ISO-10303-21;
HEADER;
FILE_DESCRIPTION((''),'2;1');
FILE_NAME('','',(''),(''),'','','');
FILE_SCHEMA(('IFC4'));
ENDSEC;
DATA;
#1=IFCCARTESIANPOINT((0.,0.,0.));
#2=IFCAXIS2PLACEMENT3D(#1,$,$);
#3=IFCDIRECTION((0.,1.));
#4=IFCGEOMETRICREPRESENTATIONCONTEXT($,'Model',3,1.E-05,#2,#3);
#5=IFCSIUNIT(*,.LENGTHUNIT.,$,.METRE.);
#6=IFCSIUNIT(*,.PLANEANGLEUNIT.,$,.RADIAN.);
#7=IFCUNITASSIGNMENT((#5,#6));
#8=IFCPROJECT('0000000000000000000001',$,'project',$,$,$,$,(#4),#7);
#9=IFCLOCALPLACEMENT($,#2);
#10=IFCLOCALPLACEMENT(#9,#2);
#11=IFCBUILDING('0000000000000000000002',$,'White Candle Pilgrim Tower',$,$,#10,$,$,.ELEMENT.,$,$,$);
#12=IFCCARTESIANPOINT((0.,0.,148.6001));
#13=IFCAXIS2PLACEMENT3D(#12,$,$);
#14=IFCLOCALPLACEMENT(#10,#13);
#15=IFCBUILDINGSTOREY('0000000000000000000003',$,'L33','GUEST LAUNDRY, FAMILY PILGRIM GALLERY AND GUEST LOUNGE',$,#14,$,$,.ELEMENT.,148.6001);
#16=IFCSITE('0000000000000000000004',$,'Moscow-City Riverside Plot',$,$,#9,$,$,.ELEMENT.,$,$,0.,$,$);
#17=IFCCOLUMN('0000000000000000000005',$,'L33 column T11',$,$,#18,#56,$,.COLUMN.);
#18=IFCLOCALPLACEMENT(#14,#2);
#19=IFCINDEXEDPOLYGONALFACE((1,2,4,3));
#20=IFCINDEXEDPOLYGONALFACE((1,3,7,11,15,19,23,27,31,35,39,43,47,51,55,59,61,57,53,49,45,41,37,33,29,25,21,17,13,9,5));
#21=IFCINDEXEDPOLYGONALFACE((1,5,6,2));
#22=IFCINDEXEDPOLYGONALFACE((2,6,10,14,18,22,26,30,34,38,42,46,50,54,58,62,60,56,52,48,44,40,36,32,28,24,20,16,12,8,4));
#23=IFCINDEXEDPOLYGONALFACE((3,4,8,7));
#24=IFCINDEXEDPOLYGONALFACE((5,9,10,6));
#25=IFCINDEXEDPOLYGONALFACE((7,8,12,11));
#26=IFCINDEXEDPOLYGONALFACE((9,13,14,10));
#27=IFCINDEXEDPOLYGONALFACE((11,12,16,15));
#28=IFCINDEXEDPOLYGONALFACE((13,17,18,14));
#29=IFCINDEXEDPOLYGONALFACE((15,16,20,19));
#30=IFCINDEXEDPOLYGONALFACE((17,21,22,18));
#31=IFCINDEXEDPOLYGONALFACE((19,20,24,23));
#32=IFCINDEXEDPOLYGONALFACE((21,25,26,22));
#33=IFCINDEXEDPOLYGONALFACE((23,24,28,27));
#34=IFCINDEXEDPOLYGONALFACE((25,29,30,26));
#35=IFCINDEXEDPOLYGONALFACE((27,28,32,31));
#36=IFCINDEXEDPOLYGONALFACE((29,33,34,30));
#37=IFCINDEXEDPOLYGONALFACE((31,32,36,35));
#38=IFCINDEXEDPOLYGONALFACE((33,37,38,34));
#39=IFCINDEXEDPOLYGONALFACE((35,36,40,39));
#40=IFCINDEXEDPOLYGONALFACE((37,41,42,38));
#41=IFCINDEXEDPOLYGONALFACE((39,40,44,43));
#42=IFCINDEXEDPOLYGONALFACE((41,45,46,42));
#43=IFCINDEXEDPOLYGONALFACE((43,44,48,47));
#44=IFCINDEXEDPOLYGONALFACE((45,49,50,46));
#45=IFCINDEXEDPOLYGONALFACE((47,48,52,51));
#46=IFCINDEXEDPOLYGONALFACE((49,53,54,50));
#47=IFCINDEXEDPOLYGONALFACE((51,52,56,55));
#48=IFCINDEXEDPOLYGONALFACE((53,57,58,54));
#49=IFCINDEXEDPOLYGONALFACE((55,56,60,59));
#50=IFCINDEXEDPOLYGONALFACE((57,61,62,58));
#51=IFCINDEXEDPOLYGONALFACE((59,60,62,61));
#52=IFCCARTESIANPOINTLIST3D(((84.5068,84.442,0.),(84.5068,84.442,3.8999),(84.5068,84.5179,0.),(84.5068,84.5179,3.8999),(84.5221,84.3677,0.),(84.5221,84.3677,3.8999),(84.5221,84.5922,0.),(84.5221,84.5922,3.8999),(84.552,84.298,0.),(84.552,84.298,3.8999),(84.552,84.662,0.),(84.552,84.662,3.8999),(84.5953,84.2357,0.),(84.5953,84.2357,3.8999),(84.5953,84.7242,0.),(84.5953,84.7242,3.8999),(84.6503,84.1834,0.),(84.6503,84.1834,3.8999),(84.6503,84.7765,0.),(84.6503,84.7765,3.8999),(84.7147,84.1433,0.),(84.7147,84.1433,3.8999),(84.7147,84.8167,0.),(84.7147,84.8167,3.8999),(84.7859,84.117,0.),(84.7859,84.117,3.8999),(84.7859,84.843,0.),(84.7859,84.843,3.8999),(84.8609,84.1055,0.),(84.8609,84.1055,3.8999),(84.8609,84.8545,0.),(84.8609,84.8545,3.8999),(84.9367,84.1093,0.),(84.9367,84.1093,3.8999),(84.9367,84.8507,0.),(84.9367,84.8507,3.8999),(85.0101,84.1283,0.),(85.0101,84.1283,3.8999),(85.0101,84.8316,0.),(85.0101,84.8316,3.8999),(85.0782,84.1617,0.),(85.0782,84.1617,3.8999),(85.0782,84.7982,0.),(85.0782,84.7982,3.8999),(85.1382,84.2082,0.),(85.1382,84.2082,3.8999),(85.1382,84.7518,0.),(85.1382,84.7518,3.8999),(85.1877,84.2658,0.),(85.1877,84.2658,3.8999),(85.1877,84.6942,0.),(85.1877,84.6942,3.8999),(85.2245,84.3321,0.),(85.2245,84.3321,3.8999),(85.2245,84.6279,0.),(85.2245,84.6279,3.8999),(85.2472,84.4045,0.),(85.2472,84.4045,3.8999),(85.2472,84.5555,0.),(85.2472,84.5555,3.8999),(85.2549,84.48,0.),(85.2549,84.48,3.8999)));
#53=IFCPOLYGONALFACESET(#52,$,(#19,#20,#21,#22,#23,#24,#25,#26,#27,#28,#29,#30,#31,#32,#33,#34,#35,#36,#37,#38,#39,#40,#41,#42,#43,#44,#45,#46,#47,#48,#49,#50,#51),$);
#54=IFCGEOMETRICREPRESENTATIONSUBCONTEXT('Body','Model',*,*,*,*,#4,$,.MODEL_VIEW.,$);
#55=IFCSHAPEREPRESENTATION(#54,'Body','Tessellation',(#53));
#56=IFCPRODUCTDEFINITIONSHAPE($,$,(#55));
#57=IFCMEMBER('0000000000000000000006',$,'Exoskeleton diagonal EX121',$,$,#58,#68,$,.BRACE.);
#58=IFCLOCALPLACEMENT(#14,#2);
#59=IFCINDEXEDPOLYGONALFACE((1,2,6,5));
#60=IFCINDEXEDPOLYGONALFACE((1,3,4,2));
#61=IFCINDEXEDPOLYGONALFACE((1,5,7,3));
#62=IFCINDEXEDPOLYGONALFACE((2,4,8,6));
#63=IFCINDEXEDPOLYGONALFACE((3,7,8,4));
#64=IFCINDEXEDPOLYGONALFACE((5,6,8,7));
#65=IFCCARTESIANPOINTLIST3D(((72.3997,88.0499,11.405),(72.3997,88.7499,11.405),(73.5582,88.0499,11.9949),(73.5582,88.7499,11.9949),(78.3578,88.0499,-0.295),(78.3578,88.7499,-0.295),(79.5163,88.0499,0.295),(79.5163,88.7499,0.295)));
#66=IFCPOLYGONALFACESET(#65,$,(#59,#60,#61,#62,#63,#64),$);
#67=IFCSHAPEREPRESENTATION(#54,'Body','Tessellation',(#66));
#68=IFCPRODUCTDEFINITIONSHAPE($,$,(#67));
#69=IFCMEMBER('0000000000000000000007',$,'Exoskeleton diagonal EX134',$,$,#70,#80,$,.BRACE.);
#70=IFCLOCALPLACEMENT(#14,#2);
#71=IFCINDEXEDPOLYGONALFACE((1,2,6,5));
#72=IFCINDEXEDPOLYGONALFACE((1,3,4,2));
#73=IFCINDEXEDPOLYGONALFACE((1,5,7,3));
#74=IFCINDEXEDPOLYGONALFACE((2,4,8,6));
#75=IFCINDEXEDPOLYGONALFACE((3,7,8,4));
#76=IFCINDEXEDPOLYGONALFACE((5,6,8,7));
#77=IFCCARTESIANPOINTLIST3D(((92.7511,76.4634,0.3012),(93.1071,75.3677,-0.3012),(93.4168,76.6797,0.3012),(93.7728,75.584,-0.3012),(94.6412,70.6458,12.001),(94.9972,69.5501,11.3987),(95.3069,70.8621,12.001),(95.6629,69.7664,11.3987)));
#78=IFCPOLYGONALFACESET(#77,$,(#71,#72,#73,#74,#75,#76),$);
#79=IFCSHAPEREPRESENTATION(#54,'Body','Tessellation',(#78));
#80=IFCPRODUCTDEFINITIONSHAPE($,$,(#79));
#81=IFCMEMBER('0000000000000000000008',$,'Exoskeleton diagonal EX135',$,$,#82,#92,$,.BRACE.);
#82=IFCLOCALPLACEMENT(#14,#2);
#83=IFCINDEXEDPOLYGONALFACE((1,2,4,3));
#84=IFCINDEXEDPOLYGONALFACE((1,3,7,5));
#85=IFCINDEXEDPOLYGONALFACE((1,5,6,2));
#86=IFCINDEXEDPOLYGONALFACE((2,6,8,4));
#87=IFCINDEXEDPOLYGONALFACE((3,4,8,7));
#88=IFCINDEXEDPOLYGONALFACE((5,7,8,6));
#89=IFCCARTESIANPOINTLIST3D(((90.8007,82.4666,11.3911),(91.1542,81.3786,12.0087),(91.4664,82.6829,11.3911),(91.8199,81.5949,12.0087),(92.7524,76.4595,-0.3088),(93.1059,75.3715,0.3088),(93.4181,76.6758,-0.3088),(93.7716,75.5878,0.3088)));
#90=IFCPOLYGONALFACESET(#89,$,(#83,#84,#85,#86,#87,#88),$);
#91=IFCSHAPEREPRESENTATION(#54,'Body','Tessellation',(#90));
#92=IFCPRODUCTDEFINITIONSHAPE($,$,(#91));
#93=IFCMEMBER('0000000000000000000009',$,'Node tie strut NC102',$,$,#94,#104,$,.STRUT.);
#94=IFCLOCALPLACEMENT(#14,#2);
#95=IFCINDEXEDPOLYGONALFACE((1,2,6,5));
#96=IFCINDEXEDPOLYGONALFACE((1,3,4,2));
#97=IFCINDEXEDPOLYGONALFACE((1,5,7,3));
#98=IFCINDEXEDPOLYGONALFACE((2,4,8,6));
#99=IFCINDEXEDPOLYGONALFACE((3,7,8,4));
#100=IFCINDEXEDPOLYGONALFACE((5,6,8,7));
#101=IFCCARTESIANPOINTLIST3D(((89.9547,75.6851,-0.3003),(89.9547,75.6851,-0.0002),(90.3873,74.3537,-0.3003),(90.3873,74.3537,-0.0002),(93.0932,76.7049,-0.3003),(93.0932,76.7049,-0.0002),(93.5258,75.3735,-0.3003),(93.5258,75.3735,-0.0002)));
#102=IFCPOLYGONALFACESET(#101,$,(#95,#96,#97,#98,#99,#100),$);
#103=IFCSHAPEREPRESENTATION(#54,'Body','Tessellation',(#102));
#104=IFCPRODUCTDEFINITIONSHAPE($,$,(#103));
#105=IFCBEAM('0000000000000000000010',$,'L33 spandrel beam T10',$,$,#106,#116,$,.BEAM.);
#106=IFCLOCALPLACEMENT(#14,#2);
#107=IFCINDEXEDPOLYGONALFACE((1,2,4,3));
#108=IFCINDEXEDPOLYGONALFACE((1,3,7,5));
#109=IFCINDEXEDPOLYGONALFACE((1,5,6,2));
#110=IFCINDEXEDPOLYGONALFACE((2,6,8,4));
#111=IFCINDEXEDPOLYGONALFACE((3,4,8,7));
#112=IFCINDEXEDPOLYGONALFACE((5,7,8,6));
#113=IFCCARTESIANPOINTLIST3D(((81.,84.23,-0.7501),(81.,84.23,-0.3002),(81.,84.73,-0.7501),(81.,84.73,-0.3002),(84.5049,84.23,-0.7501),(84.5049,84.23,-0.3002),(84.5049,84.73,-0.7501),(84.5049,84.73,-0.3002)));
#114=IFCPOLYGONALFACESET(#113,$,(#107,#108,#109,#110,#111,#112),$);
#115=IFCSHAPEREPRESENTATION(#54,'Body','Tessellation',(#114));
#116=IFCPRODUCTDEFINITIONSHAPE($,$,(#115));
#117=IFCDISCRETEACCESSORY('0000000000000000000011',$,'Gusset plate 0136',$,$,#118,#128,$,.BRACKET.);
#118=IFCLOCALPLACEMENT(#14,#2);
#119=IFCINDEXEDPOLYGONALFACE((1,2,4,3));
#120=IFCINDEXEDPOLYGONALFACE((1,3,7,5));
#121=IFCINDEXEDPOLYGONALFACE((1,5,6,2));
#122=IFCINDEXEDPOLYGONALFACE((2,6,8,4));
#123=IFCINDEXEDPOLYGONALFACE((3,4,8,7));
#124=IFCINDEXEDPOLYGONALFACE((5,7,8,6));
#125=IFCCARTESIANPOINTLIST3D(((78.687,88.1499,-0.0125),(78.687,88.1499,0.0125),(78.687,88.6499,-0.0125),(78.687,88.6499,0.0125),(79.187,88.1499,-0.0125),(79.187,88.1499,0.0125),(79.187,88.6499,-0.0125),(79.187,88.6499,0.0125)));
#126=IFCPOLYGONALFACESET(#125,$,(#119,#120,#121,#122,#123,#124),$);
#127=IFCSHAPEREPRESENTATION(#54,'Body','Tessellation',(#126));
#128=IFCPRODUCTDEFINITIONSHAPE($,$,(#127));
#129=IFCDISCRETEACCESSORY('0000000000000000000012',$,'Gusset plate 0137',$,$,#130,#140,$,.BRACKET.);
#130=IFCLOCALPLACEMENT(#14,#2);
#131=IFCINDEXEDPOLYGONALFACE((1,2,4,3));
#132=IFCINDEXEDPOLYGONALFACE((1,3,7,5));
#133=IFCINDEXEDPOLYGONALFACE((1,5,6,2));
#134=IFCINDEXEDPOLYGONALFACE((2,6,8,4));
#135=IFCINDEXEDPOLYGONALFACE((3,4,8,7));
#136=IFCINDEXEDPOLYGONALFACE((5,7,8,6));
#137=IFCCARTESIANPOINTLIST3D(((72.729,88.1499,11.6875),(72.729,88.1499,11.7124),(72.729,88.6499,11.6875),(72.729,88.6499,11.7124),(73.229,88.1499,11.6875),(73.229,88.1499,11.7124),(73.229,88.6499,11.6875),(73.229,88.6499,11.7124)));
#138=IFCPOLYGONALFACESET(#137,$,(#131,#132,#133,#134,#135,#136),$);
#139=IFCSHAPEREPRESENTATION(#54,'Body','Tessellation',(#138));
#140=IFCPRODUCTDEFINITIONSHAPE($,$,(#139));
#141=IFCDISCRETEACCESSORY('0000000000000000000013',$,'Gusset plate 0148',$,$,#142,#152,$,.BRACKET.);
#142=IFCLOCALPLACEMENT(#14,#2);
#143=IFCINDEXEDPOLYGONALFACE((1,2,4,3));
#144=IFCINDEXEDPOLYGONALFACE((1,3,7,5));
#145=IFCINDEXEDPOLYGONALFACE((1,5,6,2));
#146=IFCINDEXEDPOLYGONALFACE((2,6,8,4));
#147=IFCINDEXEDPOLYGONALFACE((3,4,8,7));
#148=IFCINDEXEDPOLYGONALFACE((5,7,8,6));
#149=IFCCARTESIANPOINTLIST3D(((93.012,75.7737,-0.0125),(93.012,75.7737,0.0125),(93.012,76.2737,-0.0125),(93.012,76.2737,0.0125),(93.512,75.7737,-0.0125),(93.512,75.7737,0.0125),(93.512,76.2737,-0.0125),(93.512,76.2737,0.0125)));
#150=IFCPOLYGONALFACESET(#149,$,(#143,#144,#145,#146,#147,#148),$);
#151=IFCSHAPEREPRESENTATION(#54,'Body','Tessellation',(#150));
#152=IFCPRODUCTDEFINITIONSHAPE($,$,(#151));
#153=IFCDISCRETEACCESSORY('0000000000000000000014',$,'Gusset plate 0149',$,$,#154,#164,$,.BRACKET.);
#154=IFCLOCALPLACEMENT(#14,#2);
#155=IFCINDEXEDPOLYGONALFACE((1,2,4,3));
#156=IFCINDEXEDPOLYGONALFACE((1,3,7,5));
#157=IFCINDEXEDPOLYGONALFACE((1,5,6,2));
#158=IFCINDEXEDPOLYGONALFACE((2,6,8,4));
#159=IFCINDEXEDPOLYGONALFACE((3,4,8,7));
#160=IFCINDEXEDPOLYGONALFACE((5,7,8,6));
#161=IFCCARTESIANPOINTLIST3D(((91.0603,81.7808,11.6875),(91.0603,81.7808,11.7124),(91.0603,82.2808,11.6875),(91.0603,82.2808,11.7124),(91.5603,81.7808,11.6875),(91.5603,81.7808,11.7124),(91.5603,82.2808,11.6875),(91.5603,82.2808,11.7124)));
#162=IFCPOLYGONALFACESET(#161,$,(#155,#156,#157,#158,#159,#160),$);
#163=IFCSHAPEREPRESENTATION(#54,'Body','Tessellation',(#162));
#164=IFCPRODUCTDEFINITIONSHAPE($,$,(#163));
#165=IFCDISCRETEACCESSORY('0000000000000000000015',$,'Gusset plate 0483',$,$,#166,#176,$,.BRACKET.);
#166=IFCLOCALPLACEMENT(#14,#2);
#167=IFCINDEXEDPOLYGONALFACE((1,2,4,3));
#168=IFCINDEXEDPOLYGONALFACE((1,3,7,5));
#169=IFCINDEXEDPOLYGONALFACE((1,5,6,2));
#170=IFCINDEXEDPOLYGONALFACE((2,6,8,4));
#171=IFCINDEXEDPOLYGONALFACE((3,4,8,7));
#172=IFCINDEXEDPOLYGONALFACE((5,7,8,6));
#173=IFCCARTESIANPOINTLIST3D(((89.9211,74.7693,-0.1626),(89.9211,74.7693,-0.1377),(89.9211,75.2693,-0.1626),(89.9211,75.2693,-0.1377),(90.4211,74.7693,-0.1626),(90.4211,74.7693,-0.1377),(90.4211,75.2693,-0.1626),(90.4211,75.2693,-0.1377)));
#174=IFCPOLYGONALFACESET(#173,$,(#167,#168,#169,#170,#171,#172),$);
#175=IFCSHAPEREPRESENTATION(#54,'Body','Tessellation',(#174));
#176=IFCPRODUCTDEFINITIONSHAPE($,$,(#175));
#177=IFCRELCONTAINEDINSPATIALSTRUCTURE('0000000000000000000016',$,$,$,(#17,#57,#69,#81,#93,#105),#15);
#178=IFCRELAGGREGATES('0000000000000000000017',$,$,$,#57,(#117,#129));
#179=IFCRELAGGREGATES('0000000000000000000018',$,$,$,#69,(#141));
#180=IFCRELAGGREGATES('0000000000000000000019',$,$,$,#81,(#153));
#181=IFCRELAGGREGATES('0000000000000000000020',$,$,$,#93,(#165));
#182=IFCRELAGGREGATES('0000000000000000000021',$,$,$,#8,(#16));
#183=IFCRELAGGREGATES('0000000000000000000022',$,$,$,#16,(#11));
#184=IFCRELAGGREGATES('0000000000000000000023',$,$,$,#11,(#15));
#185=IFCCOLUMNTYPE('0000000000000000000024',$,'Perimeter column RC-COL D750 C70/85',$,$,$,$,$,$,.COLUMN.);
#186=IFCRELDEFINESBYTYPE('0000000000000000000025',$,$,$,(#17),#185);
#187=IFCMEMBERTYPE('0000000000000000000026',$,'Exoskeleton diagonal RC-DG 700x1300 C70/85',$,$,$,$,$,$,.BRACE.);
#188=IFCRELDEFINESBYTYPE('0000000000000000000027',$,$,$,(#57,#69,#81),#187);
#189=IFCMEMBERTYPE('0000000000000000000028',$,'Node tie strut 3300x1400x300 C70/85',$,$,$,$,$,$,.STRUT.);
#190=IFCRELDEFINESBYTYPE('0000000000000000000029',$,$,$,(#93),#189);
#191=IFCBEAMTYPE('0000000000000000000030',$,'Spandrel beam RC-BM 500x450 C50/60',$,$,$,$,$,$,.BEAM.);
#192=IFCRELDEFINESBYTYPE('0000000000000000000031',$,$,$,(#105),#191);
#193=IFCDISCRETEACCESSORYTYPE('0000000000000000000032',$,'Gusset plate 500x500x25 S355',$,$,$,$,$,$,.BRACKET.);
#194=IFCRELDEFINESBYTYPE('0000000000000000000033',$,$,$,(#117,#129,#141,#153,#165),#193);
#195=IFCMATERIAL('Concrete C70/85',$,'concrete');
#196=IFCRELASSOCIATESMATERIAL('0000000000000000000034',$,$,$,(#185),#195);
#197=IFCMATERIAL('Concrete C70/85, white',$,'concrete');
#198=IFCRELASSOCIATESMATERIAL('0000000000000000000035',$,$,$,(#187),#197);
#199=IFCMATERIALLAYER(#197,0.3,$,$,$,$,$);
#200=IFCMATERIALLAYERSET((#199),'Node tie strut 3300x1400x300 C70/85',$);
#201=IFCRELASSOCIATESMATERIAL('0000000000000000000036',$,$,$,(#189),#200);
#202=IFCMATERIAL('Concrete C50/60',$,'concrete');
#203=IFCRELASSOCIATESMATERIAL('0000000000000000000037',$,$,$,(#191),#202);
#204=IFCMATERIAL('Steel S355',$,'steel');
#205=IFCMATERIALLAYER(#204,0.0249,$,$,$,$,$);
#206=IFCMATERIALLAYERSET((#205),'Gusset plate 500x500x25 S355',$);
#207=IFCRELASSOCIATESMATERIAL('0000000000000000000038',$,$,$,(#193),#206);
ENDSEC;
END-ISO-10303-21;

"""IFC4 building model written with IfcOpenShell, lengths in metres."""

from ifc_helpers import new_model, si_unit, direction, frame, origin, origin_2d, place, context, subcontext, project, spatial, rectangle, circle, extrude, material, layer, layer_set, material_profile, profile_set, type_object, element, aggregate, save


model = new_model("IFC4")

# Units and contexts
model_context = context("Model", 3, precision=1e-05, world=origin(), true_north=direction((0.0, 1.0)))
body_context = subcontext(model_context, "Body", "Model", "MODEL_VIEW")
ifc_project = project(units=[si_unit("LENGTHUNIT", "METRE"), si_unit("PLANEANGLEUNIT", "RADIAN")], contexts=[model_context])

# Site, building, storey
site_placement = place(None, origin())
site = spatial("IfcSite", under=ifc_project, at=site_placement, Name="Moscow-City Riverside Plot", CompositionType="ELEMENT", RefElevation=0.0)
building_placement = place(site_placement, origin())
building = spatial("IfcBuilding", under=site, at=building_placement, Name="White Candle Pilgrim Tower", CompositionType="ELEMENT")
storey_placement = place(building_placement, frame((0.0, 0.0, 148.6001)))
storey = spatial("IfcBuildingStorey", under=building, at=storey_placement, Name="L33", Description="GUEST LAUNDRY, FAMILY PILGRIM GALLERY AND GUEST LOUNGE", CompositionType="ELEMENT", Elevation=148.6001)

# Column
ifc_material_1 = material(Name="Concrete C70/85", Category="concrete")
ifc_material_profile_1 = material_profile(ifc_material_1, circle(Radius=0.375, at=origin_2d()), Name="RC-COL D750")
ifc_profile_set_1 = profile_set([ifc_material_profile_1], Name="Concrete C70/85")
column_type = type_object("IfcColumnType", Name="Perimeter column RC-COL D750 C70/85", PredefinedType="COLUMN", material=ifc_profile_set_1)
column_placement = place(storey_placement, frame((84.8799, 84.48, 0.0), z_axis=(0.0, 0.0, 1.0), x_axis=(1.0, 0.0, 0.0)))
element("IfcColumn", 1, at=column_placement, inside=storey, type_object=column_type, Name="L33 column T11", PredefinedType="COLUMN", context=body_context, shape_type="SweptSolid", body=[
    extrude(circle(Radius=0.375, at=origin_2d()), origin(), (0.0, 0.0, 1.0), 3.8999),
])

# Members
ifc_material_2 = material(Name="Concrete C70/85, white", Category="concrete")
ifc_material_profile_2 = material_profile(ifc_material_2, rectangle(XDim=0.7, YDim=1.3, at=origin_2d()), Name="RC-DG 700x1300")
ifc_profile_set_2 = profile_set([ifc_material_profile_2], Name="Concrete C70/85, white")
member_type_1 = type_object("IfcMemberType", Name="Exoskeleton diagonal RC-DG 700x1300 C70/85", PredefinedType="BRACE", material=ifc_profile_set_2)
member_1_placement = place(storey_placement, frame((78.937, 88.3999, 0.0), z_axis=(-0.453784, 0.0, 0.891112), x_axis=(0.0, -1.0, 0.0)))
member_1 = element("IfcMember", 2, at=member_1_placement, inside=storey, type_object=member_type_1, Name="Exoskeleton diagonal EX121", PredefinedType="BRACE", context=body_context, shape_type="SweptSolid", body=[
    extrude(rectangle(XDim=0.7, YDim=1.3, at=origin_2d()), origin(), (0.0, 0.0, 1.0), 13.1296),
])
member_2_placement = place(storey_placement, frame((93.262, 76.0237, 0.0), z_axis=(0.143165, -0.440646, 0.886191), x_axis=(0.951063, 0.308999, 0.0)))
member_2 = element("IfcMember", 3, at=member_2_placement, inside=storey, type_object=member_type_1, Name="Exoskeleton diagonal EX134", PredefinedType="BRACE", context=body_context, shape_type="SweptSolid", body=[
    extrude(rectangle(XDim=0.7, YDim=1.3, at=origin_2d()), origin(), (0.0, 0.0, 1.0), 13.2024),
])
member_3_placement = place(storey_placement, frame((93.262, 76.0237, 0.0), z_axis=(-0.146786, 0.451797, 0.879962), x_axis=(-0.951064, -0.308994, 0.0)))
member_3 = element("IfcMember", 4, at=member_3_placement, inside=storey, type_object=member_type_1, Name="Exoskeleton diagonal EX135", PredefinedType="BRACE", context=body_context, shape_type="SweptSolid", body=[
    extrude(rectangle(XDim=0.7, YDim=1.3, at=origin_2d()), origin(), (0.0, 0.0, 1.0), 13.2959),
])
ifc_layer_1 = layer(ifc_material_2, 0.3)
ifc_layer_set_1 = layer_set([ifc_layer_1], Name="Node tie strut 3300x1400x300 C70/85")
member_type_2 = type_object("IfcMemberType", Name="Node tie strut 3300x1400x300 C70/85", PredefinedType="STRUT", material=ifc_layer_set_1)
member_4_placement = place(storey_placement, frame((91.7402, 75.5293, -0.3003), z_axis=(0.0, 0.0, 1.0), x_axis=(-0.309017, 0.951057, 0.0)))
member_4 = element("IfcMember", 5, at=member_4_placement, inside=storey, type_object=member_type_2, Name="Node tie strut NC102", PredefinedType="STRUT", context=body_context, shape_type="SweptSolid", body=[
    extrude(rectangle(XDim=1.3999, YDim=3.3, at=origin_2d()), origin(), (0.0, 0.0, 1.0), 0.3),
])

# Beam
ifc_material_3 = material(Name="Concrete C50/60", Category="concrete")
ifc_material_profile_3 = material_profile(ifc_material_3, rectangle(XDim=0.5, YDim=0.45, at=origin_2d()), Name="RC-BM 500x450")
ifc_profile_set_3 = profile_set([ifc_material_profile_3], Name="Concrete C50/60")
beam_type = type_object("IfcBeamType", Name="Spandrel beam RC-BM 500x450 C50/60", PredefinedType="BEAM", material=ifc_profile_set_3)
beam_placement = place(storey_placement, frame((84.5049, 84.48, -0.5251), z_axis=(-1.0, 0.0, 0.0), x_axis=(0.0, -1.0, 0.0)))
element("IfcBeam", 6, at=beam_placement, inside=storey, type_object=beam_type, Name="L33 spandrel beam T10", PredefinedType="BEAM", context=body_context, shape_type="SweptSolid", body=[
    extrude(rectangle(XDim=0.5, YDim=0.45, at=origin_2d()), origin(), (0.0, 0.0, 1.0), 3.5049),
])

# Discrete accessories
ifc_material_4 = material(Name="Steel S355", Category="steel")
ifc_layer_2 = layer(ifc_material_4, 0.0249)
ifc_layer_set_2 = layer_set([ifc_layer_2], Name="Gusset plate 500x500x25 S355")
discrete_accessory_type = type_object("IfcDiscreteAccessoryType", Name="Gusset plate 500x500x25 S355", PredefinedType="BRACKET", material=ifc_layer_set_2)
discrete_accessory_1_placement = place(storey_placement, frame((78.937, 88.3999, -0.0125), z_axis=(0.0, 0.0, 1.0), x_axis=(1.0, 0.0, 0.0)))
discrete_accessory_1 = element("IfcDiscreteAccessory", 7, at=discrete_accessory_1_placement, type_object=discrete_accessory_type, Name="Gusset plate 0136", PredefinedType="BRACKET", context=body_context, shape_type="SweptSolid", body=[
    extrude(rectangle(XDim=0.5, YDim=0.5, at=origin_2d()), origin(), (0.0, 0.0, 1.0), 0.0249),
])
placement = place(building_placement, frame((0.0, 0.0, 160.3)))
discrete_accessory_2_placement = place(placement, frame((72.979, 88.3999, -0.0125), z_axis=(0.0, 0.0, 1.0), x_axis=(1.0, 0.0, 0.0)))
discrete_accessory_2 = element("IfcDiscreteAccessory", 8, at=discrete_accessory_2_placement, type_object=discrete_accessory_type, Name="Gusset plate 0137", PredefinedType="BRACKET", context=body_context, shape_type="SweptSolid", body=[
    extrude(rectangle(XDim=0.5, YDim=0.5, at=origin_2d()), origin(), (0.0, 0.0, 1.0), 0.0249),
])
aggregate(member_1, [discrete_accessory_1, discrete_accessory_2])
discrete_accessory_3_placement = place(storey_placement, frame((93.262, 76.0237, -0.0125), z_axis=(0.0, 0.0, 1.0), x_axis=(1.0, 0.0, 0.0)))
discrete_accessory_3 = element("IfcDiscreteAccessory", 9, at=discrete_accessory_3_placement, type_object=discrete_accessory_type, Name="Gusset plate 0148", PredefinedType="BRACKET", context=body_context, shape_type="SweptSolid", body=[
    extrude(rectangle(XDim=0.5, YDim=0.5, at=origin_2d()), origin(), (0.0, 0.0, 1.0), 0.0249),
])
aggregate(member_2, [discrete_accessory_3])
discrete_accessory_4_placement = place(placement, frame((91.3103, 82.0308, -0.0125), z_axis=(0.0, 0.0, 1.0), x_axis=(1.0, 0.0, 0.0)))
discrete_accessory_4 = element("IfcDiscreteAccessory", 10, at=discrete_accessory_4_placement, type_object=discrete_accessory_type, Name="Gusset plate 0149", PredefinedType="BRACKET", context=body_context, shape_type="SweptSolid", body=[
    extrude(rectangle(XDim=0.5, YDim=0.5, at=origin_2d()), origin(), (0.0, 0.0, 1.0), 0.0249),
])
aggregate(member_3, [discrete_accessory_4])
discrete_accessory_5_placement = place(storey_placement, frame((90.1711, 75.0193, -0.1626), z_axis=(0.0, 0.0, 1.0), x_axis=(1.0, 0.0, 0.0)))
discrete_accessory_5 = element("IfcDiscreteAccessory", 11, at=discrete_accessory_5_placement, type_object=discrete_accessory_type, Name="Gusset plate 0483", PredefinedType="BRACKET", context=body_context, shape_type="SweptSolid", body=[
    extrude(rectangle(XDim=0.5, YDim=0.5, at=origin_2d()), origin(), (0.0, 0.0, 1.0), 0.0249),
])
aggregate(member_4, [discrete_accessory_5])

save(model, "model.ifc")
